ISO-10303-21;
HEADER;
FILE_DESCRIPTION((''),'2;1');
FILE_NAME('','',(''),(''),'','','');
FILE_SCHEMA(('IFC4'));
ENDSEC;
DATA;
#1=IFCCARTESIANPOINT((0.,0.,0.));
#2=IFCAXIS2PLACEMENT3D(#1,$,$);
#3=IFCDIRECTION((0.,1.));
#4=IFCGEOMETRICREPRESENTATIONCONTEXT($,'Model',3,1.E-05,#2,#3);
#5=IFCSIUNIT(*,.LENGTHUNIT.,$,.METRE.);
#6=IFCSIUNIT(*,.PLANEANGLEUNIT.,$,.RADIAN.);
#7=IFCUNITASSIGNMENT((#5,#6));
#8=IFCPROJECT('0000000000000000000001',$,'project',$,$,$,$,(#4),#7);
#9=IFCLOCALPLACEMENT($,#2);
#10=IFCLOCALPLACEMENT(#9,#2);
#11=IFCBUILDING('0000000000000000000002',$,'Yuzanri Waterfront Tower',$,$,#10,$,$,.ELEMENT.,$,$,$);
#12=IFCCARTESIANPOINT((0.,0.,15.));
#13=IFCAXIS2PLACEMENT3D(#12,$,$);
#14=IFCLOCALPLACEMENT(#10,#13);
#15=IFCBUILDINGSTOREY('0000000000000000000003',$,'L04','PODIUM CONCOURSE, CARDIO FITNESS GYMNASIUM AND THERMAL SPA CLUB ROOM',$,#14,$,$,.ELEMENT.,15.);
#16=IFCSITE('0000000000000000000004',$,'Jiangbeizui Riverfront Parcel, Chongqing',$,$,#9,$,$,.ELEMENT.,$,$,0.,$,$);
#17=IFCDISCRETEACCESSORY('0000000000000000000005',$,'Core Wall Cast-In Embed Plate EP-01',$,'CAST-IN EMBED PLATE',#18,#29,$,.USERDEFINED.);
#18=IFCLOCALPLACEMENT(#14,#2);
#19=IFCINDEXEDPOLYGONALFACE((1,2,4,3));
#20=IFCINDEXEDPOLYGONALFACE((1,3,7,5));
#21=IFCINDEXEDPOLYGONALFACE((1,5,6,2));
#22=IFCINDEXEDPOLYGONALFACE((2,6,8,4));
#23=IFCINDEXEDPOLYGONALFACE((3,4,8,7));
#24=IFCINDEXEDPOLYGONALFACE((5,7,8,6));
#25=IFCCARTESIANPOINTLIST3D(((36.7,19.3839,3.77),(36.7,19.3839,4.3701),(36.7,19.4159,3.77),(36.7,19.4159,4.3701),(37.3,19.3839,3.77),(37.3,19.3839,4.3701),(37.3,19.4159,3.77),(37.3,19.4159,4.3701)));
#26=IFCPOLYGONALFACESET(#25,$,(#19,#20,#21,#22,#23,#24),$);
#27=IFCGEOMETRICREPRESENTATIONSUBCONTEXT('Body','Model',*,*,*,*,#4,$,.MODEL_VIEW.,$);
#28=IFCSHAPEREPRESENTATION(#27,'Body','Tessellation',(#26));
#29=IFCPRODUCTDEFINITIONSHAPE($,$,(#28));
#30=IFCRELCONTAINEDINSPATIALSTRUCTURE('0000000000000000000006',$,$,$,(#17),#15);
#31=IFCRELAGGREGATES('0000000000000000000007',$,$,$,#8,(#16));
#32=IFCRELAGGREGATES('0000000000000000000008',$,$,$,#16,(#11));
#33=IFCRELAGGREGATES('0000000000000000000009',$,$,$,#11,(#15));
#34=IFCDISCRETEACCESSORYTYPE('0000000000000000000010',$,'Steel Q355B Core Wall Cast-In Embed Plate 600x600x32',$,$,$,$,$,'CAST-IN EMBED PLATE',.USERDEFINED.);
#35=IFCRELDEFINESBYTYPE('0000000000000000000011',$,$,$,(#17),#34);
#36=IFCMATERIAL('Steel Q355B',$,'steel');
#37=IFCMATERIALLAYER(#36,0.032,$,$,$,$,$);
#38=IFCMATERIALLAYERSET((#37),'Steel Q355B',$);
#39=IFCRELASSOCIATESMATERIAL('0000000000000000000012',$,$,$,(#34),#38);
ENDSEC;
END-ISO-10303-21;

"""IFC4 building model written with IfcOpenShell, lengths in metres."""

from ifc_helpers import new_model, si_unit, direction, frame, origin, origin_2d, place, context, subcontext, project, spatial, rectangle, extrude, source, transform, mapped, material, layer, layer_set, type_object, element, save


model = new_model("IFC4")

# Units and contexts
model_context = context("Model", 3, precision=1e-05, world=origin(), true_north=direction((0.0, 1.0)))
body_context = subcontext(model_context, "Body", "Model", "MODEL_VIEW")
ifc_project = project(units=[si_unit("LENGTHUNIT", "METRE"), si_unit("PLANEANGLEUNIT", "RADIAN")], contexts=[model_context])

# Site, building, storey
site_placement = place(None, origin())
site = spatial("IfcSite", under=ifc_project, at=site_placement, Name="Jiangbeizui Riverfront Parcel, Chongqing", CompositionType="ELEMENT", RefElevation=0.0)
building_placement = place(site_placement, origin())
building = spatial("IfcBuilding", under=site, at=building_placement, Name="Yuzanri Waterfront Tower", CompositionType="ELEMENT")
storey_placement = place(building_placement, frame((0.0, 0.0, 15.0)))
storey = spatial("IfcBuildingStorey", under=building, at=storey_placement, Name="L04", Description="PODIUM CONCOURSE, CARDIO FITNESS GYMNASIUM AND THERMAL SPA CLUB ROOM", CompositionType="ELEMENT", Elevation=15.0)

# Discrete accessory
ifc_material_1 = material(Name="Steel Q355B", Category="steel")
ifc_layer_1 = layer(ifc_material_1, 0.032)
ifc_layer_set_1 = layer_set([ifc_layer_1], Name="Steel Q355B")
discrete_accessory_type = type_object("IfcDiscreteAccessoryType", Name="Steel Q355B Core Wall Cast-In Embed Plate 600x600x32", ElementType="CAST-IN EMBED PLATE", PredefinedType="USERDEFINED", material=ifc_layer_set_1)
shared_shape_1 = source(origin(), body_context, "Body", "SweptSolid", [
    extrude(rectangle(XDim=0.6001, YDim=0.032, at=origin_2d()), origin(), (0.0, 0.0, 1.0), 0.6001),
])
discrete_accessory_placement = place(storey_placement, frame((37.0, 19.3999, 3.77), z_axis=(0.0, 0.0, 1.0), x_axis=(1.0, 0.0, 0.0)))
element("IfcDiscreteAccessory", 1, at=discrete_accessory_placement, inside=storey, type_object=discrete_accessory_type, Name="Core Wall Cast-In Embed Plate EP-01", ObjectType="CAST-IN EMBED PLATE", PredefinedType="USERDEFINED", context=body_context, shape_type="MappedRepresentation", body=[
    mapped(shared_shape_1, transform((0.0, 0.0, 0.0), scale=1.0)),
])

save(model, "model.ifc")
